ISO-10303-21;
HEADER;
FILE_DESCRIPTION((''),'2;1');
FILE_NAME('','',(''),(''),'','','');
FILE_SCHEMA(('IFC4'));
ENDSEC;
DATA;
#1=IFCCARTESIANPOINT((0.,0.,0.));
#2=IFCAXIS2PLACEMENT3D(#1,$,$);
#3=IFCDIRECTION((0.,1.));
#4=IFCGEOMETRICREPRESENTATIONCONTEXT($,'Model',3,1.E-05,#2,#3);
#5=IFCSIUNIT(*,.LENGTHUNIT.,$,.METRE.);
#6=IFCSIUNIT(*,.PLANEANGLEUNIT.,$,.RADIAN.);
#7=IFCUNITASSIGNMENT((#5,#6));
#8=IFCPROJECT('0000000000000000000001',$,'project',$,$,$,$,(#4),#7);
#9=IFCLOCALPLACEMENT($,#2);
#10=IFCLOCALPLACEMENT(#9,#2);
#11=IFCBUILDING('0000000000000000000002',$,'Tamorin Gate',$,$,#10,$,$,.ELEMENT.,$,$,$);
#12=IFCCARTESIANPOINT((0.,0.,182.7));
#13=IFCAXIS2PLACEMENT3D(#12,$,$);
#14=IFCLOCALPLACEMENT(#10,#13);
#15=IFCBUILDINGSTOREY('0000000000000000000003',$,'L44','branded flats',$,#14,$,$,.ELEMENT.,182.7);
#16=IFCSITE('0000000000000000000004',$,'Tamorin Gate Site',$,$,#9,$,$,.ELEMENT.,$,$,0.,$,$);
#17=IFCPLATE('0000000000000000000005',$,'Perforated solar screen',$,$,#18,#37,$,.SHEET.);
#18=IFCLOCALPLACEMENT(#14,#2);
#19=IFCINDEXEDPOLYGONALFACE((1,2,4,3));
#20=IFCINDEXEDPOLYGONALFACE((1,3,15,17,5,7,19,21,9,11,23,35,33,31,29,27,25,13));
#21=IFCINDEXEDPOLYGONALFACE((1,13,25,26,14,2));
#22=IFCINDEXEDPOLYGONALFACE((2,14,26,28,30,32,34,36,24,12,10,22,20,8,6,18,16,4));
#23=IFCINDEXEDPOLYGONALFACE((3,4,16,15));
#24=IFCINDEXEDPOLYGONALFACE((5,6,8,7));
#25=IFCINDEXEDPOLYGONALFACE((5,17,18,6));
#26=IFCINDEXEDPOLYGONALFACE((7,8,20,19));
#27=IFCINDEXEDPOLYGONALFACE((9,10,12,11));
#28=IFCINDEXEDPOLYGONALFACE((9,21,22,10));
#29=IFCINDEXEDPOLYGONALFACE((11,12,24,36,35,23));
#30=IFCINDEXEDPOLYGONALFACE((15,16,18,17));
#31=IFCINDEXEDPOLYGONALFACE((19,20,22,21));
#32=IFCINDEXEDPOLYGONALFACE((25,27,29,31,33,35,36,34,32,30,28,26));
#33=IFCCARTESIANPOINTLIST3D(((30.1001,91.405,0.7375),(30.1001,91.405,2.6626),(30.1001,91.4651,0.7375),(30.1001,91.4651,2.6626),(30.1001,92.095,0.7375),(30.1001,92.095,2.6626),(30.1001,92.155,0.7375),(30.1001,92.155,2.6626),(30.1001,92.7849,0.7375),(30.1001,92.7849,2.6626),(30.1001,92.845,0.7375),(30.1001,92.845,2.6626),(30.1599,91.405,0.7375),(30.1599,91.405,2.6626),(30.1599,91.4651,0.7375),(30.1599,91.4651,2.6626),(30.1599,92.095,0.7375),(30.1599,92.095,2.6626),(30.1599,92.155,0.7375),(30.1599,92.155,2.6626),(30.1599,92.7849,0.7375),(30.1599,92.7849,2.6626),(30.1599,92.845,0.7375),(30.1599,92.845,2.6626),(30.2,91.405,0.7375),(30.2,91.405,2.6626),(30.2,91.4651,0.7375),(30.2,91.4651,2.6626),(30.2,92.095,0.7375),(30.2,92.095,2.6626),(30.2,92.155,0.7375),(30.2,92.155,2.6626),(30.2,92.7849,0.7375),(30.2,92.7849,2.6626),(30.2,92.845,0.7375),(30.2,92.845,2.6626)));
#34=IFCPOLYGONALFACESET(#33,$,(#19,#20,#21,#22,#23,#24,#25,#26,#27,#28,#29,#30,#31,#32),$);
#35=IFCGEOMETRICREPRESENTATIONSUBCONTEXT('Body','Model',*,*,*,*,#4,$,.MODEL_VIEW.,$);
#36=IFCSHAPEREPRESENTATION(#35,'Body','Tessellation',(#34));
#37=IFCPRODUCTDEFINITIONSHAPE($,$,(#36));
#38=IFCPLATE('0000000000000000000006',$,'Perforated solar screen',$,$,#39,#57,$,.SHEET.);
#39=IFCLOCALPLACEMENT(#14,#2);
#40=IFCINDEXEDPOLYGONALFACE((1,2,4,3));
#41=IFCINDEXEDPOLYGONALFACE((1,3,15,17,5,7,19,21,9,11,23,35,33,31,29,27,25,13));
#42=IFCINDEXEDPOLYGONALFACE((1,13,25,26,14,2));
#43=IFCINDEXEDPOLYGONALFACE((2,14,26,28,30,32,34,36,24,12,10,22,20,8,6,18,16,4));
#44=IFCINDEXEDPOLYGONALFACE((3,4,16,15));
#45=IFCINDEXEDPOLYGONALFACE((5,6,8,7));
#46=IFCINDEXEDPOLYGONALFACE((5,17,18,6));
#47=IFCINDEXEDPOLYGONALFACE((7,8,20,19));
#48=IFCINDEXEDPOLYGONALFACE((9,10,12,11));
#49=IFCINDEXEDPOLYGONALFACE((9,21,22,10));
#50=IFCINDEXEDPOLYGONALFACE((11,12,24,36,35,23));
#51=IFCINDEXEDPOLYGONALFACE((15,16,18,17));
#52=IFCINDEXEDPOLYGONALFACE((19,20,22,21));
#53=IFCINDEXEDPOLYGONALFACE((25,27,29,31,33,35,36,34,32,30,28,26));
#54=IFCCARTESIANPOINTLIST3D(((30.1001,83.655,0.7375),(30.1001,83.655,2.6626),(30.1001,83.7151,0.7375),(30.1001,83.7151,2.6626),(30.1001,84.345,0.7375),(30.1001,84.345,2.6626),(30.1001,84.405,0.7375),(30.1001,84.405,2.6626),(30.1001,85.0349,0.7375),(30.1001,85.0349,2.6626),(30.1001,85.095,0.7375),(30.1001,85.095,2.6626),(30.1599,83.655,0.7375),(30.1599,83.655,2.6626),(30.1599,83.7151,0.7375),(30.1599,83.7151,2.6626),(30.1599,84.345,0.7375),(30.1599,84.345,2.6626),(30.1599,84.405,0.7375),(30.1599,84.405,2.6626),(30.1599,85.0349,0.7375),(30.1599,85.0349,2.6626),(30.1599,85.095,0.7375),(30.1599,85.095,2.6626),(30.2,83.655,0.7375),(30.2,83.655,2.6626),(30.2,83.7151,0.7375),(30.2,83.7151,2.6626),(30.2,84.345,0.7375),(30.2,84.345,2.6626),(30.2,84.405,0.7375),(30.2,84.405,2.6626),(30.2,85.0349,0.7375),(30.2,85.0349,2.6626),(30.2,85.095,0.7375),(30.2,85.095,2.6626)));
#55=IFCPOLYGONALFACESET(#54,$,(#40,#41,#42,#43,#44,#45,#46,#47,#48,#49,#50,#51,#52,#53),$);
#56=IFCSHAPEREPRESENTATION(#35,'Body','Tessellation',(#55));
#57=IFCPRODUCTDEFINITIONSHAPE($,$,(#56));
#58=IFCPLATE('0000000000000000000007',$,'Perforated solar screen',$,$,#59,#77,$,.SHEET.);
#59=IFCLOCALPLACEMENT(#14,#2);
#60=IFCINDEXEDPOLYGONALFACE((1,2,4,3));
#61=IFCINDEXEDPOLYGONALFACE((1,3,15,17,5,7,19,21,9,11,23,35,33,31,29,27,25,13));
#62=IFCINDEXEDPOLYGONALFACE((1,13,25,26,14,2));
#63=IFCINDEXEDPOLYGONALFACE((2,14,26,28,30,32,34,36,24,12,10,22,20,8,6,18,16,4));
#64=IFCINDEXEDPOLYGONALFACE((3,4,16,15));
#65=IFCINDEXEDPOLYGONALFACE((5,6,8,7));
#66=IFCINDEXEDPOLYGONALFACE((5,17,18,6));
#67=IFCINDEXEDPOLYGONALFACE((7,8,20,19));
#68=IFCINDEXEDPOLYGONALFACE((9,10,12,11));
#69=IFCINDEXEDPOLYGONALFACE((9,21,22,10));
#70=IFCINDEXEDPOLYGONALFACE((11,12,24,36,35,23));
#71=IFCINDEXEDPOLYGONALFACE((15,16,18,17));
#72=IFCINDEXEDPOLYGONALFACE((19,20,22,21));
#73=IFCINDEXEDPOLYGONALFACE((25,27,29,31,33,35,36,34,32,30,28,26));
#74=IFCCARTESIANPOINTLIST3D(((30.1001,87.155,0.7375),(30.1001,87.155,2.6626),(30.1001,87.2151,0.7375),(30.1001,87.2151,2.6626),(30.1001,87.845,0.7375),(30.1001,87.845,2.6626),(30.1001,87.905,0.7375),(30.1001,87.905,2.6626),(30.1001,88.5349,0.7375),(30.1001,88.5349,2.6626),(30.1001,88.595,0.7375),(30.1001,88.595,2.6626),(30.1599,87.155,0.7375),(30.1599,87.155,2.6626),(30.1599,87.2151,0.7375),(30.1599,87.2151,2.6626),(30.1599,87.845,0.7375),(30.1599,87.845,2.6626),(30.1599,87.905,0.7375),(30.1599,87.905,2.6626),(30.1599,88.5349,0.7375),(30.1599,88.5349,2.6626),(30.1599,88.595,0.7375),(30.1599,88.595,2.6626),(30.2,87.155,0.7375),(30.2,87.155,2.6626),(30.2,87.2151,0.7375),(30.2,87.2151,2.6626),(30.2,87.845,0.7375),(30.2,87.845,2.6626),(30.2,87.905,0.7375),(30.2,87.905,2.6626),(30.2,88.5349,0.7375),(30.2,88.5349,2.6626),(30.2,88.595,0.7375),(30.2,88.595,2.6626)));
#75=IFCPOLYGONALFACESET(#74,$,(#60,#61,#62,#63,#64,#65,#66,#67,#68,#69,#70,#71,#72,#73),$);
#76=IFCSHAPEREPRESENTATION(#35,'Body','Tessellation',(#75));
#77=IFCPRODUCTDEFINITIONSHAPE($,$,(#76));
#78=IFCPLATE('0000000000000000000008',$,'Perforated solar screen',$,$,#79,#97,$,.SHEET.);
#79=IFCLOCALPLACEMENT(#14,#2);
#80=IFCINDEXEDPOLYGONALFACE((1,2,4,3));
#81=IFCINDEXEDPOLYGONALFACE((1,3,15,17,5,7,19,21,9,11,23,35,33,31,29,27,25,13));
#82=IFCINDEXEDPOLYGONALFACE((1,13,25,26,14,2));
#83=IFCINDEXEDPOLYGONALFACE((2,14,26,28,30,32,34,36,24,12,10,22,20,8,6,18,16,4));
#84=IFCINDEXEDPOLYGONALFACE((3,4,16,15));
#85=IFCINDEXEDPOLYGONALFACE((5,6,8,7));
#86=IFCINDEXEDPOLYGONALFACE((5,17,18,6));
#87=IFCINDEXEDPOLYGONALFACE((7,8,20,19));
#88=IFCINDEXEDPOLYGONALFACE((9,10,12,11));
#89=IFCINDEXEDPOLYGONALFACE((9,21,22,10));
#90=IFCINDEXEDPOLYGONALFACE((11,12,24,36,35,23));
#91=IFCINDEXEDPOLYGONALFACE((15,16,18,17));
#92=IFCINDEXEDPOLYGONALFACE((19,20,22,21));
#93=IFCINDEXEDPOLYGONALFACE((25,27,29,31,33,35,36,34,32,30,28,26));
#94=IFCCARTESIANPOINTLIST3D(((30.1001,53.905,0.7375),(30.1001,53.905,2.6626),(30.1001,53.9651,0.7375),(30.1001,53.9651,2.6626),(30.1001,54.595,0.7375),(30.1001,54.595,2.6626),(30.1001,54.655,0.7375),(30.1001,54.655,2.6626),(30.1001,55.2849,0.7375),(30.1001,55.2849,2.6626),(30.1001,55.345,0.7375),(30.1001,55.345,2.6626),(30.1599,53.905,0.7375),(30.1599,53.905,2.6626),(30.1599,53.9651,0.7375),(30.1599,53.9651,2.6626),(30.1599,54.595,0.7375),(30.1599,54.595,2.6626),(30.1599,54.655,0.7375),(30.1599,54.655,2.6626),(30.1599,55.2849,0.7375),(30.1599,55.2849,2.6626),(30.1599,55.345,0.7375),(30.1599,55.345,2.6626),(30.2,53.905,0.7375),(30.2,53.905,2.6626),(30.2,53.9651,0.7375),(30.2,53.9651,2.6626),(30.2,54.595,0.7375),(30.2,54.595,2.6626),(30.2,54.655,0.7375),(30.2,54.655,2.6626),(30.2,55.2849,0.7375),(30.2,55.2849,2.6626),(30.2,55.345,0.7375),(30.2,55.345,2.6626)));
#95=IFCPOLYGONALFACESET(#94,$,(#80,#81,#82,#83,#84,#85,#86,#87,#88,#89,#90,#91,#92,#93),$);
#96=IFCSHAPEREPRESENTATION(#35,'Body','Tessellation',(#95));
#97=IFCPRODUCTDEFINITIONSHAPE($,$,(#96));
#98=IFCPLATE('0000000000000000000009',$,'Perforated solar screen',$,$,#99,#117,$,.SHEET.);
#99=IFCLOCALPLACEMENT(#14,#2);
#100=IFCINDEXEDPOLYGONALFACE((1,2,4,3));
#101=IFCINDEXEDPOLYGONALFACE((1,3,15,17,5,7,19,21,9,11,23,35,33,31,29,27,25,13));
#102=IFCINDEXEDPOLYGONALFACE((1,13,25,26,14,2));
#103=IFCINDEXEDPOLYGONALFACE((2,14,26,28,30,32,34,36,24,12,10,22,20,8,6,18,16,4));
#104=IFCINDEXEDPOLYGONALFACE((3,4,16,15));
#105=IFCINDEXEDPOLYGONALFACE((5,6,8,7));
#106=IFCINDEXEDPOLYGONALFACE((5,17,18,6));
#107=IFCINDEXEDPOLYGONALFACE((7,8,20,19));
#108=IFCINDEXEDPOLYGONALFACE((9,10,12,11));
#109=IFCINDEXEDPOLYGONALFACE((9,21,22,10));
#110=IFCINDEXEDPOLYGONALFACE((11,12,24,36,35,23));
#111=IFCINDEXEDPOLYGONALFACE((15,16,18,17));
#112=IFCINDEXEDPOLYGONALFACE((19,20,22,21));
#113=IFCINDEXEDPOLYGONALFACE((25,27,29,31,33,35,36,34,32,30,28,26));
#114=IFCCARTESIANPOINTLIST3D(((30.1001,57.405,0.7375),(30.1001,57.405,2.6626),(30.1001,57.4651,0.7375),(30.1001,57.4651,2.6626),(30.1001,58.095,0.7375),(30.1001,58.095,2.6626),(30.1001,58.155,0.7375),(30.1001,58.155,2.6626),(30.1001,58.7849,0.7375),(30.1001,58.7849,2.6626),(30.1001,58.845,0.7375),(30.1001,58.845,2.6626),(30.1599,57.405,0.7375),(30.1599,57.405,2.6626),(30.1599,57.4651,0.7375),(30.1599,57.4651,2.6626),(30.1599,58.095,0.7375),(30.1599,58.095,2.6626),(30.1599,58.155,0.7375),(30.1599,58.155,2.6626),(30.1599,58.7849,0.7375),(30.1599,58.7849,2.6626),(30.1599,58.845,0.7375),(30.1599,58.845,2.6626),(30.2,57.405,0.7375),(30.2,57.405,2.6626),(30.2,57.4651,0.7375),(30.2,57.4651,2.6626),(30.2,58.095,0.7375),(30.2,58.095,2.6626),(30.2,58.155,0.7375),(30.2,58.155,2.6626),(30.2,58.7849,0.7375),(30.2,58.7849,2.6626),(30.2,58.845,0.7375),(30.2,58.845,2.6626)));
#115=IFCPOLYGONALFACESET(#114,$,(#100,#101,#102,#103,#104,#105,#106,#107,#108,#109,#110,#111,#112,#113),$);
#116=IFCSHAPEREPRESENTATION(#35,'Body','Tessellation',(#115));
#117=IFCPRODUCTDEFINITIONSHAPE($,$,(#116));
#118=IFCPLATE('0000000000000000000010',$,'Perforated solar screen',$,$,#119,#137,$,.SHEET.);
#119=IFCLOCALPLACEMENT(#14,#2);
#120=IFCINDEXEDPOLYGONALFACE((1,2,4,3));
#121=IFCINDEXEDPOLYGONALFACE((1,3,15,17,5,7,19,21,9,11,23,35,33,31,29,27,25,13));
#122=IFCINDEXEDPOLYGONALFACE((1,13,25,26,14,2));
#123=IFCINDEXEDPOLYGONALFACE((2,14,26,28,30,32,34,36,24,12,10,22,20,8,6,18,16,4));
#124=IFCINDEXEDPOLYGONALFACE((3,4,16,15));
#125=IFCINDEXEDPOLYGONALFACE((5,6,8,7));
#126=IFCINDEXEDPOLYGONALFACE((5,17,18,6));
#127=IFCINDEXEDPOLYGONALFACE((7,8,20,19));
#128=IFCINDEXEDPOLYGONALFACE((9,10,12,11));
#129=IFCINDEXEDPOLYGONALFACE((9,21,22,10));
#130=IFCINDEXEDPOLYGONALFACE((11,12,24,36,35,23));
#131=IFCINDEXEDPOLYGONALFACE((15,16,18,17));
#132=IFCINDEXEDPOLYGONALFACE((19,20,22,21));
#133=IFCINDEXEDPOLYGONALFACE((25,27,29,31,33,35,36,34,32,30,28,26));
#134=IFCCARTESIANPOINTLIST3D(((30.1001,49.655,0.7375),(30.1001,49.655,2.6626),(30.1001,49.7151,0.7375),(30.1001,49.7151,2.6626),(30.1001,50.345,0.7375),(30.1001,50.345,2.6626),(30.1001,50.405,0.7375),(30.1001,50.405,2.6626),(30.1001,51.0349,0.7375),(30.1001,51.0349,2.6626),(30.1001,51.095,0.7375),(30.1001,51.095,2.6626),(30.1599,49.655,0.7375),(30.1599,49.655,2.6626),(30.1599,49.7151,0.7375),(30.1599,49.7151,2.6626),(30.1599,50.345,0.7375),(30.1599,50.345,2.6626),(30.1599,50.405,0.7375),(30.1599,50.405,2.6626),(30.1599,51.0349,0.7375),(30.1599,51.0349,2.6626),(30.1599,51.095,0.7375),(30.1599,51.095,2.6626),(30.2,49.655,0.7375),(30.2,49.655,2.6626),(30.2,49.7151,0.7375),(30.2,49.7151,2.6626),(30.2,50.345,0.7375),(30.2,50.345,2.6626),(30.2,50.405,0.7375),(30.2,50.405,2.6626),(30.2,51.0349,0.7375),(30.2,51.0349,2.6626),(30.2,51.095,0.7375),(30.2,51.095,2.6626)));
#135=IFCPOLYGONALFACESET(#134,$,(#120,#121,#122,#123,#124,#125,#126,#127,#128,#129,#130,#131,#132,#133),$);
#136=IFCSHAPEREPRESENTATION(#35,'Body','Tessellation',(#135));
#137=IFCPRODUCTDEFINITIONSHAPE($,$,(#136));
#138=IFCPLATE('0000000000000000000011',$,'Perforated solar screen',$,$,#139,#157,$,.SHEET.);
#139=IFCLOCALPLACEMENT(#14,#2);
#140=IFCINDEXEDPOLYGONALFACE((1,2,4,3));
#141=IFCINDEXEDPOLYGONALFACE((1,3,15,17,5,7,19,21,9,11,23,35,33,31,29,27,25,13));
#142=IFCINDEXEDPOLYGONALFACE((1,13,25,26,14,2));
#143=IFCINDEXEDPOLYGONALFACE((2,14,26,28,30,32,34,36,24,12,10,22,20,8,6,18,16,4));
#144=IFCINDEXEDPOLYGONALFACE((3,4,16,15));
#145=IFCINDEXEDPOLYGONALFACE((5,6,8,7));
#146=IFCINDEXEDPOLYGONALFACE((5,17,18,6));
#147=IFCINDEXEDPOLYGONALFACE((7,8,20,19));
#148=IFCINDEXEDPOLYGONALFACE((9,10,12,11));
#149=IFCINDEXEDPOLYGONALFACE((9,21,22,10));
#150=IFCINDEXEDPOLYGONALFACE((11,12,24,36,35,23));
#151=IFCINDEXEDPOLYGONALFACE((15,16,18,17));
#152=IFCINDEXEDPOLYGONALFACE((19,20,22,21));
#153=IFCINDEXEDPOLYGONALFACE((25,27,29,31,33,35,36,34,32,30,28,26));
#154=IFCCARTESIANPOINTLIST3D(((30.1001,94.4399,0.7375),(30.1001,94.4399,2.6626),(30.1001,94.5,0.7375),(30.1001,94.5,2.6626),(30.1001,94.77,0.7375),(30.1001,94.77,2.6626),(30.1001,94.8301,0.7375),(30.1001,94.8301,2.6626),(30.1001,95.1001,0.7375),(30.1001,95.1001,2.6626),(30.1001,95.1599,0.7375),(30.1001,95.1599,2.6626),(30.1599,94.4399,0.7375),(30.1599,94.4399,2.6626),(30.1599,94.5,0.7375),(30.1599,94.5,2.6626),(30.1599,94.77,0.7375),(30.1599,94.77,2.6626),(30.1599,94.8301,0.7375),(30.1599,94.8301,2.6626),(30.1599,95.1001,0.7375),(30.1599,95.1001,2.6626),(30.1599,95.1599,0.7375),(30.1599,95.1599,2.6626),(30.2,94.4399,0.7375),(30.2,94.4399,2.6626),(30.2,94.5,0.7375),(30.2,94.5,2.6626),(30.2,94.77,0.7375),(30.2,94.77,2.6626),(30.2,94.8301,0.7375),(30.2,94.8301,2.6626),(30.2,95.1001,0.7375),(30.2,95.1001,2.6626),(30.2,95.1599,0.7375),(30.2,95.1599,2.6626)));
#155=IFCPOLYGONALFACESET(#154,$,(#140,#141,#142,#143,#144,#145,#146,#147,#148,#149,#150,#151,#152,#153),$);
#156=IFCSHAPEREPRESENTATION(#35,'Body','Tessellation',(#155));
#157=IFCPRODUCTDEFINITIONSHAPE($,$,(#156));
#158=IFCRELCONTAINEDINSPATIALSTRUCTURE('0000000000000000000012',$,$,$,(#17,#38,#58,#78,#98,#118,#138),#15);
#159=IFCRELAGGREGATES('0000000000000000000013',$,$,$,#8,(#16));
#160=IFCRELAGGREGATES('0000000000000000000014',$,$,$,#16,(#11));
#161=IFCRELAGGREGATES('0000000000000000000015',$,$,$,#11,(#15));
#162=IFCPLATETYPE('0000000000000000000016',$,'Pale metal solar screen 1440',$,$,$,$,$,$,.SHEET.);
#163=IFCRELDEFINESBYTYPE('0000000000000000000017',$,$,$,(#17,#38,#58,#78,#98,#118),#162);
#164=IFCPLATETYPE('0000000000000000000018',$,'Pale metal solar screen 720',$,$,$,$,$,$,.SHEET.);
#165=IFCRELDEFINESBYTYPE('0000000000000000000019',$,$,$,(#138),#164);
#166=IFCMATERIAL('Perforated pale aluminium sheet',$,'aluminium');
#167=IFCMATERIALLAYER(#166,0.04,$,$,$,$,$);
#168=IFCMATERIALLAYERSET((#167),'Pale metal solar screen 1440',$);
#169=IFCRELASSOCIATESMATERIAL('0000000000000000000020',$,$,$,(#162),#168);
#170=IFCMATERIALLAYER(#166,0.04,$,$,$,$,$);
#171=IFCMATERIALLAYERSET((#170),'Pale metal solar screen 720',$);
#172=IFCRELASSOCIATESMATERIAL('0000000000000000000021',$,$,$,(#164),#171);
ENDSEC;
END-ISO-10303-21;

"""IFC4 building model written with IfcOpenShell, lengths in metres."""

from ifc_helpers import new_model, si_unit, direction, frame, origin, place, context, subcontext, project, spatial, polyline, outline, extrude, material, layer, layer_set, type_object, element, save


model = new_model("IFC4")

# Units and contexts
model_context = context("Model", 3, precision=1e-05, world=origin(), true_north=direction((0.0, 1.0)))
body_context = subcontext(model_context, "Body", "Model", "MODEL_VIEW")
ifc_project = project(units=[si_unit("LENGTHUNIT", "METRE"), si_unit("PLANEANGLEUNIT", "RADIAN")], contexts=[model_context])

# Site, building, storey
site_placement = place(None, origin())
site = spatial("IfcSite", under=ifc_project, at=site_placement, Name="Tamorin Gate Site", CompositionType="ELEMENT", RefElevation=0.0)
building_placement = place(site_placement, origin())
building = spatial("IfcBuilding", under=site, at=building_placement, Name="Tamorin Gate", CompositionType="ELEMENT")
storey_placement = place(building_placement, frame((0.0, 0.0, 182.7)))
storey = spatial("IfcBuildingStorey", under=building, at=storey_placement, Name="L44", Description="branded flats", CompositionType="ELEMENT", Elevation=182.7)

# Plates
ifc_material_1 = material(Name="Perforated pale aluminium sheet", Category="aluminium")
ifc_layer_1 = layer(ifc_material_1, 0.04)
ifc_layer_set_1 = layer_set([ifc_layer_1], Name="Pale metal solar screen 1440")
plate_type_1 = type_object("IfcPlateType", Name="Pale metal solar screen 1440", PredefinedType="SHEET", material=ifc_layer_set_1)
plate_1_placement = place(storey_placement, frame((0.0, 0.0, 0.7375)))
element("IfcPlate", 1, at=plate_1_placement, inside=storey, type_object=plate_type_1, Name="Perforated solar screen", PredefinedType="SHEET", context=body_context, shape_type="SweptSolid", body=[
    extrude(outline(polyline([(30.1599, 92.845), (30.2, 92.845), (30.2, 92.7849), (30.2, 92.155), (30.2, 92.095), (30.2, 91.4651), (30.2, 91.405), (30.2, 91.405), (30.1599, 91.405), (30.1599, 91.405), (30.1001, 91.405), (30.1001, 91.4651), (30.1599, 91.4651), (30.1599, 92.095), (30.1001, 92.095), (30.1001, 92.155), (30.1599, 92.155), (30.1599, 92.7849), (30.1001, 92.7849), (30.1001, 92.845), (30.1599, 92.845)])), origin(), (0.0, 0.0, 1.0), 1.925),
])
plate_2_placement = place(storey_placement, frame((0.0, 0.0, 0.7375)))
element("IfcPlate", 2, at=plate_2_placement, inside=storey, type_object=plate_type_1, Name="Perforated solar screen", PredefinedType="SHEET", context=body_context, shape_type="SweptSolid", body=[
    extrude(outline(polyline([(30.1599, 85.095), (30.2, 85.095), (30.2, 85.0349), (30.2, 84.405), (30.2, 84.345), (30.2, 83.7151), (30.2, 83.655), (30.1599, 83.655), (30.1001, 83.655), (30.1001, 83.7151), (30.1599, 83.7151), (30.1599, 84.345), (30.1001, 84.345), (30.1001, 84.405), (30.1599, 84.405), (30.1599, 85.0349), (30.1001, 85.0349), (30.1001, 85.095), (30.1599, 85.095)])), origin(), (0.0, 0.0, 1.0), 1.925),
])
plate_3_placement = place(storey_placement, frame((0.0, 0.0, 0.7375)))
element("IfcPlate", 3, at=plate_3_placement, inside=storey, type_object=plate_type_1, Name="Perforated solar screen", PredefinedType="SHEET", context=body_context, shape_type="SweptSolid", body=[
    extrude(outline(polyline([(30.1599, 88.595), (30.2, 88.595), (30.2, 88.5349), (30.2, 87.905), (30.2, 87.845), (30.2, 87.2151), (30.2, 87.155), (30.1599, 87.155), (30.1001, 87.155), (30.1001, 87.2151), (30.1599, 87.2151), (30.1599, 87.845), (30.1001, 87.845), (30.1001, 87.905), (30.1599, 87.905), (30.1599, 88.5349), (30.1001, 88.5349), (30.1001, 88.595), (30.1599, 88.595)])), origin(), (0.0, 0.0, 1.0), 1.925),
])
plate_4_placement = place(storey_placement, frame((0.0, 0.0, 0.7375)))
element("IfcPlate", 4, at=plate_4_placement, inside=storey, type_object=plate_type_1, Name="Perforated solar screen", PredefinedType="SHEET", context=body_context, shape_type="SweptSolid", body=[
    extrude(outline(polyline([(30.1599, 55.345), (30.2, 55.345), (30.2, 55.2849), (30.2, 54.655), (30.2, 54.595), (30.2, 53.9651), (30.2, 53.905), (30.1599, 53.905), (30.1001, 53.905), (30.1001, 53.9651), (30.1599, 53.9651), (30.1599, 54.595), (30.1001, 54.595), (30.1001, 54.655), (30.1599, 54.655), (30.1599, 55.2849), (30.1001, 55.2849), (30.1001, 55.345), (30.1599, 55.345)])), origin(), (0.0, 0.0, 1.0), 1.925),
])
plate_5_placement = place(storey_placement, frame((0.0, 0.0, 0.7375)))
element("IfcPlate", 5, at=plate_5_placement, inside=storey, type_object=plate_type_1, Name="Perforated solar screen", PredefinedType="SHEET", context=body_context, shape_type="SweptSolid", body=[
    extrude(outline(polyline([(30.1599, 58.845), (30.2, 58.845), (30.2, 58.7849), (30.2, 58.155), (30.2, 58.095), (30.2, 57.4651), (30.2, 57.405), (30.1599, 57.405), (30.1001, 57.405), (30.1001, 57.4651), (30.1599, 57.4651), (30.1599, 58.095), (30.1001, 58.095), (30.1001, 58.155), (30.1599, 58.155), (30.1599, 58.7849), (30.1001, 58.7849), (30.1001, 58.845), (30.1599, 58.845)])), origin(), (0.0, 0.0, 1.0), 1.925),
])
plate_6_placement = place(storey_placement, frame((0.0, 0.0, 0.7375)))
element("IfcPlate", 6, at=plate_6_placement, inside=storey, type_object=plate_type_1, Name="Perforated solar screen", PredefinedType="SHEET", context=body_context, shape_type="SweptSolid", body=[
    extrude(outline(polyline([(30.1599, 51.095), (30.2, 51.095), (30.2, 51.0349), (30.2, 50.405), (30.2, 50.345), (30.2, 49.7151), (30.2, 49.655), (30.1599, 49.655), (30.1001, 49.655), (30.1001, 49.7151), (30.1599, 49.7151), (30.1599, 50.345), (30.1001, 50.345), (30.1001, 50.405), (30.1599, 50.405), (30.1599, 51.0349), (30.1001, 51.0349), (30.1001, 51.095), (30.1599, 51.095)])), origin(), (0.0, 0.0, 1.0), 1.925),
])
ifc_layer_2 = layer(ifc_material_1, 0.04)
ifc_layer_set_2 = layer_set([ifc_layer_2], Name="Pale metal solar screen 720")
plate_type_2 = type_object("IfcPlateType", Name="Pale metal solar screen 720", PredefinedType="SHEET", material=ifc_layer_set_2)
plate_7_placement = place(storey_placement, frame((0.0, 0.0, 0.7375)))
element("IfcPlate", 7, at=plate_7_placement, inside=storey, type_object=plate_type_2, Name="Perforated solar screen", PredefinedType="SHEET", context=body_context, shape_type="SweptSolid", body=[
    extrude(outline(polyline([(30.1599, 95.1599), (30.2, 95.1599), (30.2, 95.1001), (30.2, 94.8301), (30.2, 94.77), (30.2, 94.5), (30.2, 94.4399), (30.1599, 94.4399), (30.1001, 94.4399), (30.1001, 94.5), (30.1599, 94.5), (30.1599, 94.77), (30.1001, 94.77), (30.1001, 94.8301), (30.1599, 94.8301), (30.1599, 95.1001), (30.1001, 95.1001), (30.1001, 95.1599), (30.1599, 95.1599)])), origin(), (0.0, 0.0, 1.0), 1.925),
])

save(model, "model.ifc")
